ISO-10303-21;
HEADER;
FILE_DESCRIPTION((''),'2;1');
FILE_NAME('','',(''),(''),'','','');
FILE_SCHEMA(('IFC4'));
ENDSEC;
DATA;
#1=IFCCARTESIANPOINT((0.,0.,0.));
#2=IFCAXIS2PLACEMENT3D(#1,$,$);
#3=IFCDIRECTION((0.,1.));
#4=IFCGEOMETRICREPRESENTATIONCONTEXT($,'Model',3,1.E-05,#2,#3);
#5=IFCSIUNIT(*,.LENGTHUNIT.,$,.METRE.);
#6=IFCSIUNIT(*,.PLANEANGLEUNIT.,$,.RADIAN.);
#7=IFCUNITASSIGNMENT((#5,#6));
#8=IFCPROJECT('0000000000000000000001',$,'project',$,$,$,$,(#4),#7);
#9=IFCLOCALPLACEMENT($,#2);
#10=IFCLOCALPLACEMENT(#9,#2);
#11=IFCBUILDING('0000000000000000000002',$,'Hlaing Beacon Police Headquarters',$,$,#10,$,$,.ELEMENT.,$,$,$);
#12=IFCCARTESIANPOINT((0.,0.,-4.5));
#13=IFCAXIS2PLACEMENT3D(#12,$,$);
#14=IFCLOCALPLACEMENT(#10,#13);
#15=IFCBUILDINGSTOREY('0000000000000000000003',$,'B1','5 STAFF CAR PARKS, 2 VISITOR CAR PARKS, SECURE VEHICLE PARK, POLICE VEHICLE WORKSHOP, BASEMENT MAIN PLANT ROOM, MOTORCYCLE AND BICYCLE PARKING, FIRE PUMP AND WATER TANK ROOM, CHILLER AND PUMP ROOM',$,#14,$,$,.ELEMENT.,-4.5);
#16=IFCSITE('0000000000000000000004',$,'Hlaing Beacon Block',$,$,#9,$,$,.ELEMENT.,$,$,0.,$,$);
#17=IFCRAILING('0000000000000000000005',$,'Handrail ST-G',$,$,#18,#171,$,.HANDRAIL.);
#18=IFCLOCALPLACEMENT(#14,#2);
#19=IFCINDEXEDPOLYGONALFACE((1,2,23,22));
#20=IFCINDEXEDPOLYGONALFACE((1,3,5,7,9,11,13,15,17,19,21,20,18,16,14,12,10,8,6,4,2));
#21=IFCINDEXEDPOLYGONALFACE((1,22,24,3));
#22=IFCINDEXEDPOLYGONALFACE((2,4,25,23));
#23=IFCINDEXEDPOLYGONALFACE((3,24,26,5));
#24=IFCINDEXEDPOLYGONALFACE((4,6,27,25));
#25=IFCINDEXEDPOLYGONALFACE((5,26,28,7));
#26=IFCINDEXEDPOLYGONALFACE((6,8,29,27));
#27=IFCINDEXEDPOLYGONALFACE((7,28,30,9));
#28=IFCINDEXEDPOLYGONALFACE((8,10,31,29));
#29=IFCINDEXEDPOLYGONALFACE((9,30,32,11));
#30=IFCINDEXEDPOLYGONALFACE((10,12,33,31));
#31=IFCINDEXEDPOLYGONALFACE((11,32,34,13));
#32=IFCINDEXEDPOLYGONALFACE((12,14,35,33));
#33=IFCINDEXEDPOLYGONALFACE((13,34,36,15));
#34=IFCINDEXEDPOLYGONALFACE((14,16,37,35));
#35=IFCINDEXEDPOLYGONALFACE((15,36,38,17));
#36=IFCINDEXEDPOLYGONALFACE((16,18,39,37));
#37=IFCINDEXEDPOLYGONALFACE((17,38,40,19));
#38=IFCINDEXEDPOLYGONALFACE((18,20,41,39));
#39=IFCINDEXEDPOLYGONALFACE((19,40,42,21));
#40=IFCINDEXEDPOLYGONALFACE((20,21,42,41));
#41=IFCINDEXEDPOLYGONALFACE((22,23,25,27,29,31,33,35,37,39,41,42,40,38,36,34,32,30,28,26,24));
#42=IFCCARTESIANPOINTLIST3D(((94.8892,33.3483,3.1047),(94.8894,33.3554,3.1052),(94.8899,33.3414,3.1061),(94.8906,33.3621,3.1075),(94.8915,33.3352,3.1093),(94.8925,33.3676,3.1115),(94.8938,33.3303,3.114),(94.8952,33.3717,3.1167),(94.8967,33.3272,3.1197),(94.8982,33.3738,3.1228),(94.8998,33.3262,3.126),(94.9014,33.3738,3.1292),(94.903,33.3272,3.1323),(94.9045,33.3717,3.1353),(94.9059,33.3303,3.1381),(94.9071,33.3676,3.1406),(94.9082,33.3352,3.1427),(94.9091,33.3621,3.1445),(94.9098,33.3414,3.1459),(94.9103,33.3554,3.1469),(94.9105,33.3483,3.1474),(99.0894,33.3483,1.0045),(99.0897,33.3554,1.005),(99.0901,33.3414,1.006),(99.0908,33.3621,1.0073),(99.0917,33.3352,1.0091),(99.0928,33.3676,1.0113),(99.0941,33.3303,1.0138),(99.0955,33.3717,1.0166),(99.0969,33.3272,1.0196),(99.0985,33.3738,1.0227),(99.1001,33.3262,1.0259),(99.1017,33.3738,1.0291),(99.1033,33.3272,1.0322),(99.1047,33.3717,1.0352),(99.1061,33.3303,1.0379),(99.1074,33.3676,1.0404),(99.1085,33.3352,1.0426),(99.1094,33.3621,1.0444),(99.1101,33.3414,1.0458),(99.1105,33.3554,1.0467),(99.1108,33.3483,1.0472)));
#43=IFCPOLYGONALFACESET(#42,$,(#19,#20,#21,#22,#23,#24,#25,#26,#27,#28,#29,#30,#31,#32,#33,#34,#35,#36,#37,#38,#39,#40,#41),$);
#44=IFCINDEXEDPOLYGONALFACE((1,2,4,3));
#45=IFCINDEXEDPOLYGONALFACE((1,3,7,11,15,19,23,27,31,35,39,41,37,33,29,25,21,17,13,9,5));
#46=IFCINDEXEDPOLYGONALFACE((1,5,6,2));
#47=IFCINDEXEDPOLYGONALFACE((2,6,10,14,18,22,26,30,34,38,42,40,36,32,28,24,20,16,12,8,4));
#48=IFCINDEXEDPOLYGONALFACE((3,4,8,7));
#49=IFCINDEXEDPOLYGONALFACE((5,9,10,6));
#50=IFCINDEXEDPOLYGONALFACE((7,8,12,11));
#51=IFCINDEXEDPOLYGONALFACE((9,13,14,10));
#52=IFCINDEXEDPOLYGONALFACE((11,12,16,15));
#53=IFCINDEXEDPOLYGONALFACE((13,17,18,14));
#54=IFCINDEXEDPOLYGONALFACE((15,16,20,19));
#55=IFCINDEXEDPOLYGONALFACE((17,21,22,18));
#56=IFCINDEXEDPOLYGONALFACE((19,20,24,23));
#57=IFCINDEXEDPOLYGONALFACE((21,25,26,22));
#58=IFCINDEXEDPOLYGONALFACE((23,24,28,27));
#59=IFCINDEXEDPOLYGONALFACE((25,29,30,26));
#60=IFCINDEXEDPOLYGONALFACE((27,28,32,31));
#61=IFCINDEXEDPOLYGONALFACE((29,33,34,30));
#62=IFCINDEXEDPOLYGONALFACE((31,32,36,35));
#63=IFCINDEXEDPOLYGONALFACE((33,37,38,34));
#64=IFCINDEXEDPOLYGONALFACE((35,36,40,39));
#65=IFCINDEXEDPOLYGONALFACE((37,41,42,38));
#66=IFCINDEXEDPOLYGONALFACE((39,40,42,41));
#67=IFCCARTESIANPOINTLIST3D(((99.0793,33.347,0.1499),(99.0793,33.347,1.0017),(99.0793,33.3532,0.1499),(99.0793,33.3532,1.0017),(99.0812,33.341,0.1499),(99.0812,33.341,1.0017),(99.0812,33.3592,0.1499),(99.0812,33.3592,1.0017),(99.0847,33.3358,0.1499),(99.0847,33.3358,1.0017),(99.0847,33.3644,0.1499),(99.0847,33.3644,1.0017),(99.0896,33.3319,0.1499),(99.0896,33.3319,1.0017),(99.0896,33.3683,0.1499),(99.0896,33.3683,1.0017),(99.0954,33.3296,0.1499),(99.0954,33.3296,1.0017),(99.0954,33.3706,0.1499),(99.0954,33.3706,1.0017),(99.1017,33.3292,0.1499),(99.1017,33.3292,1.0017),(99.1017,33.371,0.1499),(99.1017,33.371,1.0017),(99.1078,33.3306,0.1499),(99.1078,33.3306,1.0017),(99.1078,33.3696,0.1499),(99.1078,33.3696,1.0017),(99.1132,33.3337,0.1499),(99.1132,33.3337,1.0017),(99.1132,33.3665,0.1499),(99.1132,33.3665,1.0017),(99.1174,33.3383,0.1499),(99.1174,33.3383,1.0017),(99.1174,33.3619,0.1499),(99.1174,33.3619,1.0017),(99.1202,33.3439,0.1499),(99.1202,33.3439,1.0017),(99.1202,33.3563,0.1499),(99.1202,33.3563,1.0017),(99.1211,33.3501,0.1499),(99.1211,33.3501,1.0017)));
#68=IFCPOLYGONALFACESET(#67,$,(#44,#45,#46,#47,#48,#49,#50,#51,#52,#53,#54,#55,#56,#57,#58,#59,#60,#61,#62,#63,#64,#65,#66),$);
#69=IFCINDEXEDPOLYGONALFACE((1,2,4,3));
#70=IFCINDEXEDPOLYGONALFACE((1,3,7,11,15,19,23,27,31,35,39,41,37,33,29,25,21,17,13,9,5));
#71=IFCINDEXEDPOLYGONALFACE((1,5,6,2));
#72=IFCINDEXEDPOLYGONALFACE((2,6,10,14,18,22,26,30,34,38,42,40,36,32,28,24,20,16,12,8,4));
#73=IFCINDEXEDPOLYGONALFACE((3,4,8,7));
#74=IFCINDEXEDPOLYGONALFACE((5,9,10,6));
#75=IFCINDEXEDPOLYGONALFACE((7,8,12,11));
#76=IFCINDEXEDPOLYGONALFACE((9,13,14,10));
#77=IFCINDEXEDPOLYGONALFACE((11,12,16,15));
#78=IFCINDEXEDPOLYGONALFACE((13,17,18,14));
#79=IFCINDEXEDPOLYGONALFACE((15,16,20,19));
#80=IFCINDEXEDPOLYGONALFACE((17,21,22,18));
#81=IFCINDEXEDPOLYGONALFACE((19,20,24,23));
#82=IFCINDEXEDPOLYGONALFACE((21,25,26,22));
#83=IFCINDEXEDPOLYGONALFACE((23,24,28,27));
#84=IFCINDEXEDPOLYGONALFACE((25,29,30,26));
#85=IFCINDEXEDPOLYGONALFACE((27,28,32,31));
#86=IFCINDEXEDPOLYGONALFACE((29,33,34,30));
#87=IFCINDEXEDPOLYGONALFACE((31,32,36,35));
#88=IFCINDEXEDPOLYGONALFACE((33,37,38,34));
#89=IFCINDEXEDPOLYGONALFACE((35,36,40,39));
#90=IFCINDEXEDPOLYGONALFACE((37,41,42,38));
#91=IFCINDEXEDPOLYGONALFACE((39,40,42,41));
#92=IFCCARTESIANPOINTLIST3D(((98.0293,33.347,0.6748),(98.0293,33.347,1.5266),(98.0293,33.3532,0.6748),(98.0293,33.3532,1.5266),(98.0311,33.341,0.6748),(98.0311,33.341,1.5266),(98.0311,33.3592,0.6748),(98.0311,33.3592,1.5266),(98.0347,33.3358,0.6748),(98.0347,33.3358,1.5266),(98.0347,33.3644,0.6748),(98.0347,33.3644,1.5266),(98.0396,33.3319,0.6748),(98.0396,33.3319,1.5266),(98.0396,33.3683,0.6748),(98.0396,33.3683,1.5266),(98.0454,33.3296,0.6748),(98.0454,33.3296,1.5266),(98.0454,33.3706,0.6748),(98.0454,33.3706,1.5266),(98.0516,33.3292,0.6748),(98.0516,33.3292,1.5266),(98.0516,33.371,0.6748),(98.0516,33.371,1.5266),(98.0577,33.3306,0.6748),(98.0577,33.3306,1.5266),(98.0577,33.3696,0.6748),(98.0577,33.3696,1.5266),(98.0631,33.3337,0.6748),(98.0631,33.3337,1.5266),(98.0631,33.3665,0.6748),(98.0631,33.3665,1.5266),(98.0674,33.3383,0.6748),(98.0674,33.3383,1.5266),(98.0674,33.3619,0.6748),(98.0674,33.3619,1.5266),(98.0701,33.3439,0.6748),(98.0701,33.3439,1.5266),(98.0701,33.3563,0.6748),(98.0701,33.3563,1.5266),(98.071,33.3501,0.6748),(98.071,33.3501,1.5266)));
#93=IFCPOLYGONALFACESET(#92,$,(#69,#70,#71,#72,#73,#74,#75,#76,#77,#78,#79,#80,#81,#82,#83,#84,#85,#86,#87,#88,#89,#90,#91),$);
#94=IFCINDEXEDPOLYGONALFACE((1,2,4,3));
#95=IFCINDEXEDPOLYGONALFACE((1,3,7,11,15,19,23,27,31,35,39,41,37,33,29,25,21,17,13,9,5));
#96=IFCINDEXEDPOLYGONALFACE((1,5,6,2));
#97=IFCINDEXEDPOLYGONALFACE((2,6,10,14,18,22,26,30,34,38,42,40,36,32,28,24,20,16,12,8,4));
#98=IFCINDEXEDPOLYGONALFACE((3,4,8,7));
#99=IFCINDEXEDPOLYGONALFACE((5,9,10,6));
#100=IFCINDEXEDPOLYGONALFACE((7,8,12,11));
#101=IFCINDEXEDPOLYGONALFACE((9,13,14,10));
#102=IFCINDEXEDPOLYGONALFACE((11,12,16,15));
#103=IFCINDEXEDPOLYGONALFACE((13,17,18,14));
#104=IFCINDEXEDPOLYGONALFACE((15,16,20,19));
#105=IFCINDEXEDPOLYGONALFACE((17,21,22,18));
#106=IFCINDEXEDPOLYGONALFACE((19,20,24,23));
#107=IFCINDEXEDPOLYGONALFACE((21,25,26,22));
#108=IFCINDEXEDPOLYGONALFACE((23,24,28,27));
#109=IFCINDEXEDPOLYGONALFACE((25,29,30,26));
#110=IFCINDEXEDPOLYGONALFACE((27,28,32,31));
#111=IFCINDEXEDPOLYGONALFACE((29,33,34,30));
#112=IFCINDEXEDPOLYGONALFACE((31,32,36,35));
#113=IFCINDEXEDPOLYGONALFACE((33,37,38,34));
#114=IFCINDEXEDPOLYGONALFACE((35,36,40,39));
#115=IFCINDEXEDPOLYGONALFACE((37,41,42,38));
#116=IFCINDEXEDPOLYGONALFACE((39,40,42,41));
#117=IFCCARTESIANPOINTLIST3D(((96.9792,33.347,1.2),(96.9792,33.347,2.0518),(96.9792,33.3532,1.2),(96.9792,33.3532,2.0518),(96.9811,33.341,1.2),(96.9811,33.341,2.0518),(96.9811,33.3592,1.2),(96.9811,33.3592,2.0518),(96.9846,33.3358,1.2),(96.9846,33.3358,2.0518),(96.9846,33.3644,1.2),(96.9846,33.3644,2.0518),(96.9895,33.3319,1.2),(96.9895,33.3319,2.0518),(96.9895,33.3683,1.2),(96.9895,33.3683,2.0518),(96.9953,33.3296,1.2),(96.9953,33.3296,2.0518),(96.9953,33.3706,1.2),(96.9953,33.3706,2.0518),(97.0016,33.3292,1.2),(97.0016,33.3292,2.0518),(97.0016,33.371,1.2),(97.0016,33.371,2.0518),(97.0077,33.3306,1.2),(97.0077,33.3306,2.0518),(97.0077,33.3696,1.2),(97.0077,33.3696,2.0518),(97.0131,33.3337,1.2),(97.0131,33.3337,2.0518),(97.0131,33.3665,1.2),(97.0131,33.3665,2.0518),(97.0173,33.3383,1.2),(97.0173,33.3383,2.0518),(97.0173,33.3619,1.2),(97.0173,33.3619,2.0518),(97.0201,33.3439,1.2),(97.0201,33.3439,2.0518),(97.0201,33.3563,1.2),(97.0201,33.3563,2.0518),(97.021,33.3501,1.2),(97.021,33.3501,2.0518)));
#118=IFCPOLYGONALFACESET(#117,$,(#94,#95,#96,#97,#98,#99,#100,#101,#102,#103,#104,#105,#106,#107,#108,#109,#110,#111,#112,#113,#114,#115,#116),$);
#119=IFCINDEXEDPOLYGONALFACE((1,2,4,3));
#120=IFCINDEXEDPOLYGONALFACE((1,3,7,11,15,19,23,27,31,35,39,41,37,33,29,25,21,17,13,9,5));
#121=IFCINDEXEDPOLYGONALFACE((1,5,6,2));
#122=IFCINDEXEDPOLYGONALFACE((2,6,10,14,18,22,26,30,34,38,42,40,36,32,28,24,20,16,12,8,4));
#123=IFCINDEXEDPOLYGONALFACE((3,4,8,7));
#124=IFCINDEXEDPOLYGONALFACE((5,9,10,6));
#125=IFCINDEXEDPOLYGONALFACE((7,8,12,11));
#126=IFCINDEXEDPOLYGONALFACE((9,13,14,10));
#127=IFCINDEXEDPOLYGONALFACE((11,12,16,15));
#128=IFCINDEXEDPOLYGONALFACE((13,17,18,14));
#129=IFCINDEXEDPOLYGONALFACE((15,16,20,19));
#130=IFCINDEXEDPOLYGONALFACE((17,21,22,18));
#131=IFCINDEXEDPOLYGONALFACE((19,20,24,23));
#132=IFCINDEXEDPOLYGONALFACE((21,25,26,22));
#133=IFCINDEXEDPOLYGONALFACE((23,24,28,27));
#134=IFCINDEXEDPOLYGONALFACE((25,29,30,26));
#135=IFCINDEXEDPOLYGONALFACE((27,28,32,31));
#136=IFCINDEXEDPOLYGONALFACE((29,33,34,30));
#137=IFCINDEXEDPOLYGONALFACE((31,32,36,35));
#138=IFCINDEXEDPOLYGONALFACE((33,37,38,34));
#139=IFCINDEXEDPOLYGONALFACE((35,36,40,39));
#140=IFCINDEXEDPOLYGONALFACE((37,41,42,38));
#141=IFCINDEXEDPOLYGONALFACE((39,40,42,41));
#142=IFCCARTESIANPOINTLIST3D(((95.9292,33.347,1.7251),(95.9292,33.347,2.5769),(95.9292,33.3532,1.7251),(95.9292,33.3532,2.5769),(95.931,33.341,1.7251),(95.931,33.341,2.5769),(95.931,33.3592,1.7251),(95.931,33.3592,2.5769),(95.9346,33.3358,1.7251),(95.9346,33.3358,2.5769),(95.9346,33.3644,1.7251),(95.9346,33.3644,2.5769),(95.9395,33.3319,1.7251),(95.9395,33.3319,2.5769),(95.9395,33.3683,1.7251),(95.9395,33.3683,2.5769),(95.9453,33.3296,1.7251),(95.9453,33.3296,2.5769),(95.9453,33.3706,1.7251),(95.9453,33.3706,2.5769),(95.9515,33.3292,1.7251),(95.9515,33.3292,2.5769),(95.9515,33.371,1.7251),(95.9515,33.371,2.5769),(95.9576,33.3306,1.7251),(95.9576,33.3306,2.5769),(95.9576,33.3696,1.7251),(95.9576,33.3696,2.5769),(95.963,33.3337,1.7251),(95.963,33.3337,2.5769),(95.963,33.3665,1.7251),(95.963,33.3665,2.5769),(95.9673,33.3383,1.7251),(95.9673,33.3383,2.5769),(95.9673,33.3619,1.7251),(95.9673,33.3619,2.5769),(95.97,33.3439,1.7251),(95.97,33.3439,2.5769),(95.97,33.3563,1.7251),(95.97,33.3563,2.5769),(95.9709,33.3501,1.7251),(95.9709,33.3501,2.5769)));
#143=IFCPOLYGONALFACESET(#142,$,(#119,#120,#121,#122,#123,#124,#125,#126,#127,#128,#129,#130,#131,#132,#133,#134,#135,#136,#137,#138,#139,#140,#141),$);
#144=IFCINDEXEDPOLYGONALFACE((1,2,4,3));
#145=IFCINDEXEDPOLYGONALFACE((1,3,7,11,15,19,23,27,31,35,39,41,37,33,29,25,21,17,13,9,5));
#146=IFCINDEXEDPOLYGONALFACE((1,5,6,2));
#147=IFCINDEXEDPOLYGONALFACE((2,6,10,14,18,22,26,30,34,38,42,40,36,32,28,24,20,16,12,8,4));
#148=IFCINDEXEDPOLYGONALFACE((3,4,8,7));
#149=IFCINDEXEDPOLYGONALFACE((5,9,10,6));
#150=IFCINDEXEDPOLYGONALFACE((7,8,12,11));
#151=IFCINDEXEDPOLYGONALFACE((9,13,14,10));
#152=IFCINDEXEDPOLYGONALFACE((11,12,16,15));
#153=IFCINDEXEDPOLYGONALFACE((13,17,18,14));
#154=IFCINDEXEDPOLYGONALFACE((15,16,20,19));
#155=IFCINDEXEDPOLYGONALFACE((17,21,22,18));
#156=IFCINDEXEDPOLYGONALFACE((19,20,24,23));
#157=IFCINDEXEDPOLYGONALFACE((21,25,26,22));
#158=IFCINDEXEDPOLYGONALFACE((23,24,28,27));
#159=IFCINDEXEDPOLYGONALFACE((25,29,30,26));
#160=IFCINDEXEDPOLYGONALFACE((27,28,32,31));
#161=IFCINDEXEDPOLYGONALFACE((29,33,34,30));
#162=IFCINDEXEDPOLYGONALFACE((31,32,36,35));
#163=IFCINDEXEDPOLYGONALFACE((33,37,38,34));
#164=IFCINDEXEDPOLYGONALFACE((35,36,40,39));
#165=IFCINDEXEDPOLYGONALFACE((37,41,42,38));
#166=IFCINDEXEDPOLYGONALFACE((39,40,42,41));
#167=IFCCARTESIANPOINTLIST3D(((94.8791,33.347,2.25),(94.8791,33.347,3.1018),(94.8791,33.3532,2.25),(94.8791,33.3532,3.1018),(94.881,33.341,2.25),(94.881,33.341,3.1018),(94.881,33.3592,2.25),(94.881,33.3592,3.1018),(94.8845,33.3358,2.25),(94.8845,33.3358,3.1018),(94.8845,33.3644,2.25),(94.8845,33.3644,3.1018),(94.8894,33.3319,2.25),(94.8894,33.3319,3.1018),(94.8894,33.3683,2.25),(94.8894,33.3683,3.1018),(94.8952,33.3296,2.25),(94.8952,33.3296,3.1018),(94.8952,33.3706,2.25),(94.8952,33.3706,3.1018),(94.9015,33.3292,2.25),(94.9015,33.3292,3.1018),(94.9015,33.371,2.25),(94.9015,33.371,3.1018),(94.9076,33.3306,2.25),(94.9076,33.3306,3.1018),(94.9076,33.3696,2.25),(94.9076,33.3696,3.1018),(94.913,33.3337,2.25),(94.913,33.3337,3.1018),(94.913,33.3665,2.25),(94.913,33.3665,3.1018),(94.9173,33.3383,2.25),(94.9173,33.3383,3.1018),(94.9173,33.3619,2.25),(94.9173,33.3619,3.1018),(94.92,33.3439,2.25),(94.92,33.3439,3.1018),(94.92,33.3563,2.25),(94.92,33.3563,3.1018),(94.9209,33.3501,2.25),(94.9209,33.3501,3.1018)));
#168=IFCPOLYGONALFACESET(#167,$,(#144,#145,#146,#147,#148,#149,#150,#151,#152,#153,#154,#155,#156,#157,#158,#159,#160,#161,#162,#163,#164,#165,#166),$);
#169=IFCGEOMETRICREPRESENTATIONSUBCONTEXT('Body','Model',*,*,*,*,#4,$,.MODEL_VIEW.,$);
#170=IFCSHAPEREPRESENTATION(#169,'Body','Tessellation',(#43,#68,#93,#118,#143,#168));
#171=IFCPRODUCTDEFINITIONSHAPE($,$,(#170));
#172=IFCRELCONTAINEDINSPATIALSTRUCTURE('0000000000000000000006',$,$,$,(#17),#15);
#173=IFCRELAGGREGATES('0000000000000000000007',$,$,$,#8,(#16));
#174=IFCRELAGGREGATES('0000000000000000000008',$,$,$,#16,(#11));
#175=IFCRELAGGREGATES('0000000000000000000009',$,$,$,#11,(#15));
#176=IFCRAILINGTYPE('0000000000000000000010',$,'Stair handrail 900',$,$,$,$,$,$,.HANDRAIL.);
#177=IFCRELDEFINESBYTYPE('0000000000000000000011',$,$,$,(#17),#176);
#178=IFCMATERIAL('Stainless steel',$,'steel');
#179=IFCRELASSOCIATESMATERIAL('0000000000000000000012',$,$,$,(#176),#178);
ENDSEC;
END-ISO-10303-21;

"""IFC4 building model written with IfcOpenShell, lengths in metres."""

from ifc_helpers import new_model, si_unit, direction, frame, origin, origin_2d, place, context, subcontext, project, spatial, circle, extrude, material, type_object, element, save


model = new_model("IFC4")

# Units and contexts
model_context = context("Model", 3, precision=1e-05, world=origin(), true_north=direction((0.0, 1.0)))
body_context = subcontext(model_context, "Body", "Model", "MODEL_VIEW")
ifc_project = project(units=[si_unit("LENGTHUNIT", "METRE"), si_unit("PLANEANGLEUNIT", "RADIAN")], contexts=[model_context])

# Site, building, storey
site_placement = place(None, origin())
site = spatial("IfcSite", under=ifc_project, at=site_placement, Name="Hlaing Beacon Block", CompositionType="ELEMENT", RefElevation=0.0)
building_placement = place(site_placement, origin())
building = spatial("IfcBuilding", under=site, at=building_placement, Name="Hlaing Beacon Police Headquarters", CompositionType="ELEMENT")
storey_placement = place(building_placement, frame((0.0, 0.0, -4.5)))
storey = spatial("IfcBuildingStorey", under=building, at=storey_placement, Name="B1", Description="5 STAFF CAR PARKS, 2 VISITOR CAR PARKS, SECURE VEHICLE PARK, POLICE VEHICLE WORKSHOP, BASEMENT MAIN PLANT ROOM, MOTORCYCLE AND BICYCLE PARKING, FIRE PUMP AND WATER TANK ROOM, CHILLER AND PUMP ROOM", CompositionType="ELEMENT", Elevation=-4.5)

# Railing
ifc_material_1 = material(Name="Stainless steel", Category="steel")
railing_type = type_object("IfcRailingType", Name="Stair handrail 900", PredefinedType="HANDRAIL", material=ifc_material_1)
for number, where, name in (
    (1, (99.1001, 33.3501, 0.1499), "Handrail ST-G"),
):
    element("IfcRailing", number, at=place(storey_placement, frame(where)), inside=storey, type_object=railing_type, Name=name, PredefinedType="HANDRAIL", context=body_context, shape_type="SweptSolid", body=[
        extrude(circle(Radius=0.0239, at=origin_2d()), frame((0.0, 0.0, 0.876), z_axis=(-0.894427, 0.0, 0.447214), x_axis=(0.0, -1.0, 0.0)), (0.0, 0.0, 1.0), 4.696),
        extrude(circle(Radius=0.021, at=origin_2d()), origin(), (0.0, 0.0, 1.0), 0.8518),
        extrude(circle(Radius=0.021, at=origin_2d()), frame((-1.05, 0.0, 0.5249)), (0.0, 0.0, 1.0), 0.8518),
        extrude(circle(Radius=0.021, at=origin_2d()), frame((-2.1001, 0.0, 1.05)), (0.0, 0.0, 1.0), 0.8518),
        extrude(circle(Radius=0.021, at=origin_2d()), frame((-3.1501, 0.0, 1.5752)), (0.0, 0.0, 1.0), 0.8518),
        extrude(circle(Radius=0.021, at=origin_2d()), frame((-4.2002, 0.0, 2.1001)), (0.0, 0.0, 1.0), 0.8518),
    ])

save(model, "model.ifc")
